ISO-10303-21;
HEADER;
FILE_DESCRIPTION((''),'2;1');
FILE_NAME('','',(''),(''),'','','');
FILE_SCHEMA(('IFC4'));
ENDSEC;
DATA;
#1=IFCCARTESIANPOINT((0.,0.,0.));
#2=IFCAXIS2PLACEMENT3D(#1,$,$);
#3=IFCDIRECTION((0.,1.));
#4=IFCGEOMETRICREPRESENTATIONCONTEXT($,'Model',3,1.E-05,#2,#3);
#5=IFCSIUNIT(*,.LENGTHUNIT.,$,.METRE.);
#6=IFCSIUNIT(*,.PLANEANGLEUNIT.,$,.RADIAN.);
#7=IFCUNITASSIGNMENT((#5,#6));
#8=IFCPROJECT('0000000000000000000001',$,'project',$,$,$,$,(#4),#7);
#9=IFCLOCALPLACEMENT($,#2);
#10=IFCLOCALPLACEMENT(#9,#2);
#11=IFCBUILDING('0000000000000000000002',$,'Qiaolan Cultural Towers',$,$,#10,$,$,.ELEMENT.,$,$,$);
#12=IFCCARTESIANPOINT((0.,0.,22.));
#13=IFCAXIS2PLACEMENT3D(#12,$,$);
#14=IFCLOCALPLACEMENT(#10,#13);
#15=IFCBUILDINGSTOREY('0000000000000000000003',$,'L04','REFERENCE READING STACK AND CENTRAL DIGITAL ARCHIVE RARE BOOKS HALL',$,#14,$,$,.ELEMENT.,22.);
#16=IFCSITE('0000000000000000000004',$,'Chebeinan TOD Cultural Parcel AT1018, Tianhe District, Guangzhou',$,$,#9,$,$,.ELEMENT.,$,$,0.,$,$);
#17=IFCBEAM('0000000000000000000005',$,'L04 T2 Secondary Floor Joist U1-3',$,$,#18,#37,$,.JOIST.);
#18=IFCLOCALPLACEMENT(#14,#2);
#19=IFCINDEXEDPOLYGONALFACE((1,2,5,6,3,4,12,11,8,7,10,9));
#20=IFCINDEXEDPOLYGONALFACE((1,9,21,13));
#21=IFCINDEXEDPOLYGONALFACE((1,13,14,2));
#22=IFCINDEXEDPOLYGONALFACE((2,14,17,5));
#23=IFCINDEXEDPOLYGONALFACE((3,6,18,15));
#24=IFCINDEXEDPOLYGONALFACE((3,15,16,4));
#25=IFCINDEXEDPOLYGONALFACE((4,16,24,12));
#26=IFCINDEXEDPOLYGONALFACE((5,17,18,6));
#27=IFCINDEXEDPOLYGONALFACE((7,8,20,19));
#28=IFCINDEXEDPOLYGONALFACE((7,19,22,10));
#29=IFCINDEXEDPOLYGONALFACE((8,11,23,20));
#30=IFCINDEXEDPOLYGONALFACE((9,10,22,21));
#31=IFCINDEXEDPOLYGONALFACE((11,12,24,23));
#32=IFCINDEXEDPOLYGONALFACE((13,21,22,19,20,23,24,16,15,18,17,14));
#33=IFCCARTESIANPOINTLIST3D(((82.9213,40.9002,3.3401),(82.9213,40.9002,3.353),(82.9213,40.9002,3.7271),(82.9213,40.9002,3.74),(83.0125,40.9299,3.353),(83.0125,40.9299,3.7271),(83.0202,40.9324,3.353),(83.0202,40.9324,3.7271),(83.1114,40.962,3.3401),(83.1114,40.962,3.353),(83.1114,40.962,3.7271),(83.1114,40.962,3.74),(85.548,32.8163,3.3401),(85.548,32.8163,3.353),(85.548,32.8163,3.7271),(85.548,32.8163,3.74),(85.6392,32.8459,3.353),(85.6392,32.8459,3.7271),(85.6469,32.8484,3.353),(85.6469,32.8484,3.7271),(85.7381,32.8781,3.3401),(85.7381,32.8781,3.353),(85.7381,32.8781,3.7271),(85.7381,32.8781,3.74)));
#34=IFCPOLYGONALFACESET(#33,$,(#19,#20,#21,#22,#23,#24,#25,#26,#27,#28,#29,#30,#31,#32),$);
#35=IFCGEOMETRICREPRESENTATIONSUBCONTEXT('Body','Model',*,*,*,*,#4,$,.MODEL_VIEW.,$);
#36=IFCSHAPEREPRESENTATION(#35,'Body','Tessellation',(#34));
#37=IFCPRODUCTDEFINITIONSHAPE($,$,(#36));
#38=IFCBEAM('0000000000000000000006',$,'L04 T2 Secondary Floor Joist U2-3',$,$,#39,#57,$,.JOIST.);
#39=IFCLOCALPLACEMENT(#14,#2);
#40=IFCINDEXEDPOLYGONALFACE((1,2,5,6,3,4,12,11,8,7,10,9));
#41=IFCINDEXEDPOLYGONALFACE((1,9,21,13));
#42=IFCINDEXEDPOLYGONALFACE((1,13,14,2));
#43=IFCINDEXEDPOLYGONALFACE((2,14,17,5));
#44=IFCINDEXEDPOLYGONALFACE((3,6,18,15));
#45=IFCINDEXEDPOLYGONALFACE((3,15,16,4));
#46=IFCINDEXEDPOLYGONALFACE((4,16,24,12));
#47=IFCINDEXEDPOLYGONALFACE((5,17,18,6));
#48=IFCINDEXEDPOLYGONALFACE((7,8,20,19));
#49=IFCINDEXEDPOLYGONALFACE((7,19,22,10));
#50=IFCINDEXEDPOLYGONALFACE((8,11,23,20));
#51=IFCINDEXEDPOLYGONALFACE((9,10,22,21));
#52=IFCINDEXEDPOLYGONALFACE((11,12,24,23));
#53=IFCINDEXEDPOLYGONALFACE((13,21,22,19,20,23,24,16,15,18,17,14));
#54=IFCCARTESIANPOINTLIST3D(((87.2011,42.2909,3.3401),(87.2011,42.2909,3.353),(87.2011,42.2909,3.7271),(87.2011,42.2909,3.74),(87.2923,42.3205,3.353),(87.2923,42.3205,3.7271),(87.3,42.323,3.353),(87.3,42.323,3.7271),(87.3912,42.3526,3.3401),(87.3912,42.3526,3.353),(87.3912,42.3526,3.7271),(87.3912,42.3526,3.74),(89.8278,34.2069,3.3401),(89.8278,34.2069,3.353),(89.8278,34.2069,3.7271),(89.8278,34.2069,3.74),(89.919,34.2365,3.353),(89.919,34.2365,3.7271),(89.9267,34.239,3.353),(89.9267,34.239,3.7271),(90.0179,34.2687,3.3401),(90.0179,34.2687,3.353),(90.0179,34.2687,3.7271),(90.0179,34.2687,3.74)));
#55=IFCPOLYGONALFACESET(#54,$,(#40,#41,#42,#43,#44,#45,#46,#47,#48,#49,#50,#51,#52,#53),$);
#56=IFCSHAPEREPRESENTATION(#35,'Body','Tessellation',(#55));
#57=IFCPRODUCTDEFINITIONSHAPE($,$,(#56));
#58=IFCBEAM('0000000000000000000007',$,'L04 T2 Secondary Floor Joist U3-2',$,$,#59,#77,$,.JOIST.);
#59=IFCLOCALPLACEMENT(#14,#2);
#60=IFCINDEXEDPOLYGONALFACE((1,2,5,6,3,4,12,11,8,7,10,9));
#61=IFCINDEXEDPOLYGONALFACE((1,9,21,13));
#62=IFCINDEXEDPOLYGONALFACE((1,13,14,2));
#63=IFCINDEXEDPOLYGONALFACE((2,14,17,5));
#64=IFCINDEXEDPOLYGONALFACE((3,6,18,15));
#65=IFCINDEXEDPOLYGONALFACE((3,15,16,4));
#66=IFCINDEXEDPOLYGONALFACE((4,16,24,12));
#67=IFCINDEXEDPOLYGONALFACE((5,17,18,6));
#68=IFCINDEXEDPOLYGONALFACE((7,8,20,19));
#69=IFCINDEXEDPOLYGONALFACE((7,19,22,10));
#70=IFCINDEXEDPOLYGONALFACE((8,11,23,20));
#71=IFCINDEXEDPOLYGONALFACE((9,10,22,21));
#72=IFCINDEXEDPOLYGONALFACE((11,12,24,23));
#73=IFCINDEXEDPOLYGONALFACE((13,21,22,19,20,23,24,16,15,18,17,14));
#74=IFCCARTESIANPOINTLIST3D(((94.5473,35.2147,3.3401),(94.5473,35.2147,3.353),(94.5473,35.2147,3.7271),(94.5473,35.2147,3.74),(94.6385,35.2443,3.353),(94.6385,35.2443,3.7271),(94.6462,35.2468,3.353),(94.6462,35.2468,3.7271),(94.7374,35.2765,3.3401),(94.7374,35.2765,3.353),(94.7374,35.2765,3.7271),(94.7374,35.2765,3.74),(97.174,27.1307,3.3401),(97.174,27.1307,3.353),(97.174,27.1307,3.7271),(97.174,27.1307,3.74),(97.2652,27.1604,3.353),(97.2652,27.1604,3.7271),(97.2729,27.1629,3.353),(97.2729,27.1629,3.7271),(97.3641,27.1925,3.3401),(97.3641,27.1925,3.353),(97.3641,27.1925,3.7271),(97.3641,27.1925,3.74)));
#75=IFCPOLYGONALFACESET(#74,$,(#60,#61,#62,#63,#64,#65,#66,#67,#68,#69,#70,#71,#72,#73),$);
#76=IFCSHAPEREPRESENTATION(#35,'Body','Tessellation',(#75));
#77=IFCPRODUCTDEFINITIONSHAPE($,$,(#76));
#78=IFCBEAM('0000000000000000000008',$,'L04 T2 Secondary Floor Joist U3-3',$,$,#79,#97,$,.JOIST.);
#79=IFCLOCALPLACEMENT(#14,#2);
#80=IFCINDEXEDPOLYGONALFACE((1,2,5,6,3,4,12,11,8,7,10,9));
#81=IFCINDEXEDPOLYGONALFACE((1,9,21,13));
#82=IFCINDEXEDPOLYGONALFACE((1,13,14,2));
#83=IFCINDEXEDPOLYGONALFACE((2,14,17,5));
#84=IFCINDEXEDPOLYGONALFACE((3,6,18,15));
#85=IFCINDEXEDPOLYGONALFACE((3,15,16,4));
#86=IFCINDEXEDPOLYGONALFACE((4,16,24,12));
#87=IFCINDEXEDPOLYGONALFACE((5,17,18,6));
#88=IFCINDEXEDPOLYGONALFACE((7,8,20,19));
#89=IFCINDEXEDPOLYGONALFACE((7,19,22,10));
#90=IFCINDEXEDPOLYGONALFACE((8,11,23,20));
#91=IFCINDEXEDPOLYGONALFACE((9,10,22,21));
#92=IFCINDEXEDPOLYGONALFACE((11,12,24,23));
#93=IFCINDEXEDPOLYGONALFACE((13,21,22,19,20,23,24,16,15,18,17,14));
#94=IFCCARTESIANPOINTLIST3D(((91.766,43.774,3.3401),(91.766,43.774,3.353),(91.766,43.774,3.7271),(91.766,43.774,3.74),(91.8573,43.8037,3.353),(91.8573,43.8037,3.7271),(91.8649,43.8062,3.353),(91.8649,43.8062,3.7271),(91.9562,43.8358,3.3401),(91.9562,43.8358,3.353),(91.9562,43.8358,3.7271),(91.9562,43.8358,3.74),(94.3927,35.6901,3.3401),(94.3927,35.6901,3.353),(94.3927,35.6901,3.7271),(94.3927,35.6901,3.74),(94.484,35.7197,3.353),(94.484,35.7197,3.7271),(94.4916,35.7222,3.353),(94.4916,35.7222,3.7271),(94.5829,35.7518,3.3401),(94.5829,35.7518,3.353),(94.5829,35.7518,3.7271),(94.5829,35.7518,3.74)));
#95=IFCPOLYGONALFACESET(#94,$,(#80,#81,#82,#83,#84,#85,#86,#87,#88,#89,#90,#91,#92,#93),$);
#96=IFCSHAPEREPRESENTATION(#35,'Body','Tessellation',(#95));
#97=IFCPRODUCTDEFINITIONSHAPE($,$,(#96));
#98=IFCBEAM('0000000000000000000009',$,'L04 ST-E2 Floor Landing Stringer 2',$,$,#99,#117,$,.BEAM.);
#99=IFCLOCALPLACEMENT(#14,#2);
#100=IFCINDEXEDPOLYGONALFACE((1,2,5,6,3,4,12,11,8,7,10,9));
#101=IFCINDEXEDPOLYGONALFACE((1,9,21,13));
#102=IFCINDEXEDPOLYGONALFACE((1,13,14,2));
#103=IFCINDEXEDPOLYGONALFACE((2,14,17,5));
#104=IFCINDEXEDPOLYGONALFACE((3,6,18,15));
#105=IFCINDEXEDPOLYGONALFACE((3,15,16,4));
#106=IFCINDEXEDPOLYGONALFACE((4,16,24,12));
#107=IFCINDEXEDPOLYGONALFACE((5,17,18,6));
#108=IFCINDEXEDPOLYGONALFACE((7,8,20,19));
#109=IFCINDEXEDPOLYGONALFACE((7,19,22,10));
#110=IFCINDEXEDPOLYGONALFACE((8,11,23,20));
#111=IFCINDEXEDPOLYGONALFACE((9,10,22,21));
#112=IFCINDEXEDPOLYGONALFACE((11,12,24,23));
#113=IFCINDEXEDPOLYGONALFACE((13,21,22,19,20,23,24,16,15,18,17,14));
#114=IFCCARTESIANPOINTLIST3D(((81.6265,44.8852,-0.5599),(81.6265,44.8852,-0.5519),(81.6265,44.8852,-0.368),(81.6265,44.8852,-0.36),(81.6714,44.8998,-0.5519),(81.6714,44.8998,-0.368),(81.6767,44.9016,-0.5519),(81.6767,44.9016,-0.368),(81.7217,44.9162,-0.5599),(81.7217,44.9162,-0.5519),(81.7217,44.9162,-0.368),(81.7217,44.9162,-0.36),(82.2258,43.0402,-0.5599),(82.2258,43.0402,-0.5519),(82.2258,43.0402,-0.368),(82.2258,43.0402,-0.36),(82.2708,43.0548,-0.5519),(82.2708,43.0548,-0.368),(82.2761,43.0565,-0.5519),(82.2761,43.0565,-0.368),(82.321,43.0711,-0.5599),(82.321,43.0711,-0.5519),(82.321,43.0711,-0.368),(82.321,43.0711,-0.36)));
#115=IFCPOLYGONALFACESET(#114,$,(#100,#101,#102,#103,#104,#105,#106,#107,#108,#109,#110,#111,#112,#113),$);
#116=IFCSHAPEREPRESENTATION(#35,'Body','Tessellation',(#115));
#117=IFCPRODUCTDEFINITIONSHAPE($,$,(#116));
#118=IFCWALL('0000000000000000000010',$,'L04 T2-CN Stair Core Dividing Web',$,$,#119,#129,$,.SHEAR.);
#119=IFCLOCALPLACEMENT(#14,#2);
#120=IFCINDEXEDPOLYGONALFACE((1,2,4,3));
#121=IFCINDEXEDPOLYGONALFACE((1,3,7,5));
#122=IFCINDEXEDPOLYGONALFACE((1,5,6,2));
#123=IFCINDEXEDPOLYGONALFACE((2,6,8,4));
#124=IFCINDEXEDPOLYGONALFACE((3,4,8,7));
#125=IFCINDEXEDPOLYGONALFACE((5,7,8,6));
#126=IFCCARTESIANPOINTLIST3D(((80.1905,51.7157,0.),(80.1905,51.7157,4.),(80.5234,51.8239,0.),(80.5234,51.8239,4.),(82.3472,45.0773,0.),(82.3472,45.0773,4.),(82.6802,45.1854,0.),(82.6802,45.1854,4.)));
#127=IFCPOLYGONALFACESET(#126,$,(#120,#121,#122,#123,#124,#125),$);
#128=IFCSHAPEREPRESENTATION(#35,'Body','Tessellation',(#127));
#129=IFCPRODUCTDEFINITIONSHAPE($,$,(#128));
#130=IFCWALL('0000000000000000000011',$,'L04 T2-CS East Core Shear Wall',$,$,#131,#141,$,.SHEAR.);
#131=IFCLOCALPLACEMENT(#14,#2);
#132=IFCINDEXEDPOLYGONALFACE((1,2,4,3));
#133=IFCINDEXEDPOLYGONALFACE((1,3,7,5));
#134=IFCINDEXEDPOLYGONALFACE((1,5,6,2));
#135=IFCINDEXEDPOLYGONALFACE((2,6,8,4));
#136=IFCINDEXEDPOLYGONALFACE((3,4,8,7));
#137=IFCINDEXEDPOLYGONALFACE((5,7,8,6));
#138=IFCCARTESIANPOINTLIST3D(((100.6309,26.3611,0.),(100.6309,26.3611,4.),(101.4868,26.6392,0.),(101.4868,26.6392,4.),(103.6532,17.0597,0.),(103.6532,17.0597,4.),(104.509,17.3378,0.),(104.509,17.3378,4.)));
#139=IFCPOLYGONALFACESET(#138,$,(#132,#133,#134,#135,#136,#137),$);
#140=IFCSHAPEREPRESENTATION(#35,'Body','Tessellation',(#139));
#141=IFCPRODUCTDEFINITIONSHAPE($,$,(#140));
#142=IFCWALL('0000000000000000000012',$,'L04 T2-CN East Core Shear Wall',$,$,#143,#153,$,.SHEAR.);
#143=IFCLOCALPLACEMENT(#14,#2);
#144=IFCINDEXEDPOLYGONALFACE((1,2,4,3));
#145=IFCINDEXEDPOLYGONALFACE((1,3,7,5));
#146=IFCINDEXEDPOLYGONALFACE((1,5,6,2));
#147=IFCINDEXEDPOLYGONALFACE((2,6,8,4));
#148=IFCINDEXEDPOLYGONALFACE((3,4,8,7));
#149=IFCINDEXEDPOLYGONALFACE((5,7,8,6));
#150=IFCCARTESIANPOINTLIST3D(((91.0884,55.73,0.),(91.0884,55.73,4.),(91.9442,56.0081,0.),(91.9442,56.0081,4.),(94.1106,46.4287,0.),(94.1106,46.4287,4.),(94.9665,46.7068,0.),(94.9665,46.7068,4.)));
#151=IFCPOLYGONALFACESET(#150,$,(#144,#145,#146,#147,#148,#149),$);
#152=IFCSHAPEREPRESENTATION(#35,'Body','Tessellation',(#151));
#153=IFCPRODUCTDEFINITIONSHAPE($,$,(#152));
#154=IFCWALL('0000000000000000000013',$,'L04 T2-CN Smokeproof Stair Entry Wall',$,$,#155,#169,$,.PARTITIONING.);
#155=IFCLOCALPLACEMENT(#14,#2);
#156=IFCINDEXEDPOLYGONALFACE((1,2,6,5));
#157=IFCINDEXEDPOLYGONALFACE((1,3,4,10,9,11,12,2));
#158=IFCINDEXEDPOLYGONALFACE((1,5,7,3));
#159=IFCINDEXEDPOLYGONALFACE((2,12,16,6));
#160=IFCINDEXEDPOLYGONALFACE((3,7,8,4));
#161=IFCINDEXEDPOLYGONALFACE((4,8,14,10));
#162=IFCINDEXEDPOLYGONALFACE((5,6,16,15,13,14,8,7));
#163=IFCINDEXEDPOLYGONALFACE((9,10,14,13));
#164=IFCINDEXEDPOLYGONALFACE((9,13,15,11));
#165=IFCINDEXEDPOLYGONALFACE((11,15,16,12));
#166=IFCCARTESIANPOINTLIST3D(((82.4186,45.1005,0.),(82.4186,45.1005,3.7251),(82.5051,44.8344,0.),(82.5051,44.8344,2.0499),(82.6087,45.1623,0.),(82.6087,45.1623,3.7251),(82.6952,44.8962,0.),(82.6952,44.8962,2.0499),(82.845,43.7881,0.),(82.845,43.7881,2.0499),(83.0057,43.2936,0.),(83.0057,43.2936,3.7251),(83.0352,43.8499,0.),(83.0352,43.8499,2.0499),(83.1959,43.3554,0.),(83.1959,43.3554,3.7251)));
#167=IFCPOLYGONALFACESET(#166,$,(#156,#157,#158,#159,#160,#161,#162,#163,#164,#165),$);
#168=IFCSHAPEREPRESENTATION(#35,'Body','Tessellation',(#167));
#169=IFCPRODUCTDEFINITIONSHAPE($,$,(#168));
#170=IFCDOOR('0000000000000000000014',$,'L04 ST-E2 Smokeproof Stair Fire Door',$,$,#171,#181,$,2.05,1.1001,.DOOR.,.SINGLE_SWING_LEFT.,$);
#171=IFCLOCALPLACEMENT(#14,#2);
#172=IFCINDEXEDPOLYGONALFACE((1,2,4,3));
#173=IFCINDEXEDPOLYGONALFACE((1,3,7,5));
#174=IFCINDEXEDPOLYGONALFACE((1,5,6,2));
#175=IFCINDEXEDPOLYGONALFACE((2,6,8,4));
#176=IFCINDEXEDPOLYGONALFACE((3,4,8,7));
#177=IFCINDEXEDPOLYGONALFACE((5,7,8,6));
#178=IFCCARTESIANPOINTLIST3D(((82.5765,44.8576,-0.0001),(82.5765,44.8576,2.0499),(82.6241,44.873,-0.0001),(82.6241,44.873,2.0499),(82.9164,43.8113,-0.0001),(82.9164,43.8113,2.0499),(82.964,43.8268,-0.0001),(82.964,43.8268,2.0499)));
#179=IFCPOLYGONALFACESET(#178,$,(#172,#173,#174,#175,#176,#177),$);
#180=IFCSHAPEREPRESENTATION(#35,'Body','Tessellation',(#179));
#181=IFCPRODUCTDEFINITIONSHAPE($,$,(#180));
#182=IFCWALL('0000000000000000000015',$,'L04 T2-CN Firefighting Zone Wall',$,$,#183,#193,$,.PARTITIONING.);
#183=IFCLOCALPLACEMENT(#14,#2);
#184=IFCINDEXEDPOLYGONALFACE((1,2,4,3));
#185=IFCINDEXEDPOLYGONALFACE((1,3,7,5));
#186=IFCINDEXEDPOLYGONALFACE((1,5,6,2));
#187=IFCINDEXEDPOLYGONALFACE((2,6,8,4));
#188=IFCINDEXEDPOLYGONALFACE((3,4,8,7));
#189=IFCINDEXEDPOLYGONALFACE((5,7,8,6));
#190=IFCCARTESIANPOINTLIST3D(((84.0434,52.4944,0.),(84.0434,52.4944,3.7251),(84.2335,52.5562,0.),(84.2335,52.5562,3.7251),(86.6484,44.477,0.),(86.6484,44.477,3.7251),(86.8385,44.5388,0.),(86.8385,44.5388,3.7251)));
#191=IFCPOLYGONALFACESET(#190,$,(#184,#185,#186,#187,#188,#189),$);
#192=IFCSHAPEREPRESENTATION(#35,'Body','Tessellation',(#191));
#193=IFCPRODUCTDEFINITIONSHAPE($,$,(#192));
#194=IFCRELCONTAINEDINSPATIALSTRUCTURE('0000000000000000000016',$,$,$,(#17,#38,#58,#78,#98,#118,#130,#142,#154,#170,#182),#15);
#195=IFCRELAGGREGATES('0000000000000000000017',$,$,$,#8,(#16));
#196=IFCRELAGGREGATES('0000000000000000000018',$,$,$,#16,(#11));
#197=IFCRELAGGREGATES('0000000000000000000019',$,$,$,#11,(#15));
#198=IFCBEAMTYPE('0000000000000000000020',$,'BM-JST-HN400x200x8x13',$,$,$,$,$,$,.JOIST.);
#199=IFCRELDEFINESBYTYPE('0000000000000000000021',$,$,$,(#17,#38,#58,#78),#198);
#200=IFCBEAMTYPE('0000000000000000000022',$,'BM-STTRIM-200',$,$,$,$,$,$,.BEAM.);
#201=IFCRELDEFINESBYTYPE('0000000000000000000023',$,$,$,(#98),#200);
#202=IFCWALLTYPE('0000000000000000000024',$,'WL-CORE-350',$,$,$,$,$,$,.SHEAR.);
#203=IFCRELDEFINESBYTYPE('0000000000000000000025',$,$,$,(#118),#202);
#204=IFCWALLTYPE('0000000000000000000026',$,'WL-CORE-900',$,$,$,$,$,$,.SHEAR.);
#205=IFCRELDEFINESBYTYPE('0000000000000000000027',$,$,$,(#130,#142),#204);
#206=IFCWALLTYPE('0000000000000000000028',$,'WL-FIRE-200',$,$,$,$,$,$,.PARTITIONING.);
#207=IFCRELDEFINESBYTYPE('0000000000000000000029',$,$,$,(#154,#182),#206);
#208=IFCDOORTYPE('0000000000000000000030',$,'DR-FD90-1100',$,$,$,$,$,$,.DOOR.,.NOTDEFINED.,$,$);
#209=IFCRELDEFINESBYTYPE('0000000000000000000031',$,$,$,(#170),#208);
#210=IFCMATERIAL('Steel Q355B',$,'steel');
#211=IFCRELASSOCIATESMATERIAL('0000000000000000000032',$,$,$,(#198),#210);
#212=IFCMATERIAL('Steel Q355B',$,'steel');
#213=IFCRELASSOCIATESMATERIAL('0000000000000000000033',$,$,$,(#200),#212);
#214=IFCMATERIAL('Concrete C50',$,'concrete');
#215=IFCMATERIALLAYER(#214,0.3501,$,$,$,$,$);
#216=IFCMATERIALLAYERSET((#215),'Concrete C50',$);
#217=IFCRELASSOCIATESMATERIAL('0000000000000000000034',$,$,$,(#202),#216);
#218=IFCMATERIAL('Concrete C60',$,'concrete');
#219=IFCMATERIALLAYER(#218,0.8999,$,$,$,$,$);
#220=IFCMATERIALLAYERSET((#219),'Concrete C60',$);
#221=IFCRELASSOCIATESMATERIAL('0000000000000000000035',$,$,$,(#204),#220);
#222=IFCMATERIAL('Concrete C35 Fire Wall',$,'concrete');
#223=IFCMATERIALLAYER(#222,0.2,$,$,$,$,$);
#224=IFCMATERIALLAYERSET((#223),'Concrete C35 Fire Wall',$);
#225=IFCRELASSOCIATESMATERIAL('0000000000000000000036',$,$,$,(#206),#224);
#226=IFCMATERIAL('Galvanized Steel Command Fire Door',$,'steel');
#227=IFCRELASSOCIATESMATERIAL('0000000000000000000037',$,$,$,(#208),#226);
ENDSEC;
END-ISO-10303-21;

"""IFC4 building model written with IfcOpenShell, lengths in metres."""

from ifc_helpers import new_model, si_unit, direction, frame, frame_2d, origin, origin_2d, place, context, subcontext, project, spatial, rectangle, i_section, extrude, material, layer, layer_set, material_profile, profile_set, type_object, element, fill, save


model = new_model("IFC4")

# Units and contexts
model_context = context("Model", 3, precision=1e-05, world=origin(), true_north=direction((0.0, 1.0)))
body_context = subcontext(model_context, "Body", "Model", "MODEL_VIEW")
ifc_project = project(units=[si_unit("LENGTHUNIT", "METRE"), si_unit("PLANEANGLEUNIT", "RADIAN")], contexts=[model_context])

# Site, building, storey
site_placement = place(None, origin())
site = spatial("IfcSite", under=ifc_project, at=site_placement, Name="Chebeinan TOD Cultural Parcel AT1018, Tianhe District, Guangzhou", CompositionType="ELEMENT", RefElevation=0.0)
building_placement = place(site_placement, origin())
building = spatial("IfcBuilding", under=site, at=building_placement, Name="Qiaolan Cultural Towers", CompositionType="ELEMENT")
storey_placement = place(building_placement, frame((0.0, 0.0, 22.0)))
storey = spatial("IfcBuildingStorey", under=building, at=storey_placement, Name="L04", Description="REFERENCE READING STACK AND CENTRAL DIGITAL ARCHIVE RARE BOOKS HALL", CompositionType="ELEMENT", Elevation=22.0)

# Beams
ifc_material_1 = material(Name="Steel Q355B", Category="steel")
ifc_material_profile_1 = material_profile(ifc_material_1, i_section(OverallWidth=0.2, OverallDepth=0.3999, WebThickness=0.0081, FlangeThickness=0.0129, at=origin_2d()), Name="HN400x200x8x13")
ifc_profile_set_1 = profile_set([ifc_material_profile_1], Name="Steel Q355B")
beam_type_1 = type_object("IfcBeamType", Name="BM-JST-HN400x200x8x13", PredefinedType="JOIST", material=ifc_profile_set_1)
for number, where, z_axis, x_axis, name in (
    (1, (85.6431, 32.8472, 3.54), (-0.309024, 0.951054, 0.0), (-0.951054, -0.309024, 0.0), "L04 T2 Secondary Floor Joist U1-3"),
    (2, (89.9229, 34.2378, 3.54), (-0.309024, 0.951054, 0.0), (-0.951054, -0.309024, 0.0), "L04 T2 Secondary Floor Joist U2-3"),
    (3, (97.269, 27.1616, 3.54), (-0.309024, 0.951054, 0.0), (-0.951054, -0.309024, 0.0), "L04 T2 Secondary Floor Joist U3-2"),
    (4, (94.4878, 35.7209, 3.54), (-0.309024, 0.951054, 0.0), (-0.951054, -0.309024, 0.0), "L04 T2 Secondary Floor Joist U3-3"),
):
    element("IfcBeam", number, at=place(storey_placement, frame(where, z_axis=z_axis, x_axis=x_axis)), inside=storey, type_object=beam_type_1, Name=name, PredefinedType="JOIST", context=body_context, shape_type="SweptSolid", body=[
        extrude(i_section(OverallWidth=0.2, OverallDepth=0.3999, WebThickness=0.0081, FlangeThickness=0.0129, at=origin_2d()), origin(), (0.0, 0.0, 1.0), 8.5),
    ])
ifc_material_2 = material(Name="Steel Q355B", Category="steel")
ifc_material_profile_2 = material_profile(ifc_material_2, i_section(OverallWidth=0.1001, OverallDepth=0.2, WebThickness=0.0056, FlangeThickness=0.0081, at=origin_2d()), Name="HN200x100x5.5x8")
ifc_profile_set_2 = profile_set([ifc_material_profile_2], Name="Steel Q355B")
beam_type_2 = type_object("IfcBeamType", Name="BM-STTRIM-200", PredefinedType="BEAM", material=ifc_profile_set_2)
beam_1_placement = place(storey_placement, frame((82.2734, 43.0557, -0.46), z_axis=(-0.308969, 0.951072, 0.0), x_axis=(-0.951072, -0.308969, 0.0)))
element("IfcBeam", 5, at=beam_1_placement, inside=storey, type_object=beam_type_2, Name="L04 ST-E2 Floor Landing Stringer 2", PredefinedType="BEAM", context=body_context, shape_type="SweptSolid", body=[
    extrude(i_section(OverallWidth=0.1001, OverallDepth=0.2, WebThickness=0.0056, FlangeThickness=0.0081, at=origin_2d()), origin(), (0.0, 0.0, 1.0), 1.9399),
])

# Walls
ifc_material_3 = material(Name="Concrete C50", Category="concrete")
ifc_layer_1 = layer(ifc_material_3, 0.3501)
ifc_layer_set_1 = layer_set([ifc_layer_1], Name="Concrete C50")
wall_type_1 = type_object("IfcWallType", Name="WL-CORE-350", PredefinedType="SHEAR", material=ifc_layer_set_1)
wall_1_placement = place(storey_placement, frame((82.5137, 45.1313, 0.0), z_axis=(0.0, 0.0, 1.0), x_axis=(-0.308989, 0.951066, 0.0)))
element("IfcWall", 6, at=wall_1_placement, inside=storey, type_object=wall_type_1, Name="L04 T2-CN Stair Core Dividing Web", PredefinedType="SHEAR", context=body_context, shape_type="SweptSolid", body=[
    extrude(rectangle(XDim=6.98, YDim=0.3501, at=frame_2d((3.49, 0.0))), origin(), (0.0, 0.0, 1.0), 4.0),
])
ifc_material_4 = material(Name="Concrete C60", Category="concrete")
ifc_layer_2 = layer(ifc_material_4, 0.8999)
ifc_layer_set_2 = layer_set([ifc_layer_2], Name="Concrete C60")
wall_type_2 = type_object("IfcWallType", Name="WL-CORE-900", PredefinedType="SHEAR", material=ifc_layer_set_2)
for number, where, z_axis, x_axis, name in (
    (7, (101.0588, 26.5002, 0.0), (0.0, 0.0, 1.0), (0.309022, -0.951055, 0.0), "L04 T2-CS East Core Shear Wall"),
    (8, (94.5386, 46.5676, 0.0), (0.0, 0.0, 1.0), (-0.309022, 0.951055, 0.0), "L04 T2-CN East Core Shear Wall"),
):
    element("IfcWall", number, at=place(storey_placement, frame(where, z_axis=z_axis, x_axis=x_axis)), inside=storey, type_object=wall_type_2, Name=name, PredefinedType="SHEAR", context=body_context, shape_type="SweptSolid", body=[
        extrude(rectangle(XDim=9.78, YDim=0.8999, at=frame_2d((4.8901, 0.0))), origin(), (0.0, 0.0, 1.0), 4.0),
    ])

# Wall, opening, door
ifc_material_5 = material(Name="Concrete C35 Fire Wall", Category="concrete")
ifc_layer_3 = layer(ifc_material_5, 0.2)
ifc_layer_set_3 = layer_set([ifc_layer_3], Name="Concrete C35 Fire Wall")
wall_type_3 = type_object("IfcWallType", Name="WL-FIRE-200", PredefinedType="PARTITIONING", material=ifc_layer_set_3)
wall_2_placement = place(storey_placement, frame((83.1008, 43.3245, 0.0), z_axis=(0.0, 0.0, 1.0), x_axis=(-0.309048, 0.951046, 0.0)))
wall_2 = element("IfcWall", 9, at=wall_2_placement, inside=storey, type_object=wall_type_3, Name="L04 T2-CN Smokeproof Stair Entry Wall", PredefinedType="PARTITIONING", context=body_context, shape_type="SweptSolid", body=[
    extrude(rectangle(XDim=1.8999, YDim=0.2, at=frame_2d((0.95, 0.0))), origin(), (0.0, 0.0, 1.0), 3.7251),
])
opening_1_placement = place(wall_2_placement, frame((0.52, 0.0, 0.0)))
opening_1 = element("IfcOpeningElement", 10, at=opening_1_placement, cuts=wall_2, PredefinedType="OPENING", context=body_context, shape_type="SweptSolid", body=[
    extrude(rectangle(XDim=1.1001, YDim=2.05, at=frame_2d((0.55, 1.0249))), frame((0.0, 0.1099, 0.0), z_axis=(0.0, -1.0, 0.0), x_axis=(1.0, 0.0, 0.0)), (0.0, 0.0, 1.0), 0.22),
])
ifc_material_6 = material(Name="Galvanized Steel Command Fire Door", Category="steel")
door_type_1 = type_object("IfcDoorType", Name="DR-FD90-1100", OperationType="NOTDEFINED", PredefinedType="DOOR", material=ifc_material_6)
door_1_placement = place(opening_1_placement, origin())
door_1 = element("IfcDoor", 11, at=door_1_placement, inside=storey, type_object=door_type_1, Name="L04 ST-E2 Smokeproof Stair Fire Door", OperationType="SINGLE_SWING_LEFT", OverallHeight=2.05, OverallWidth=1.1001, PredefinedType="DOOR", context=body_context, shape_type="SweptSolid", body=[
    extrude(rectangle(XDim=1.1001, YDim=2.05, at=frame_2d((0.55, 1.0249))), frame((0.0, 0.0249, 0.0), z_axis=(0.0, -1.0, 0.0), x_axis=(1.0, 0.0, 0.0)), (0.0, 0.0, 1.0), 0.05),
])
fill(opening_1, door_1)

# Wall
wall_3_placement = place(storey_placement, frame((86.7434, 44.5081, 0.0), z_axis=(0.0, 0.0, 1.0), x_axis=(-0.309016, 0.951057, 0.0)))
element("IfcWall", 12, at=wall_3_placement, inside=storey, type_object=wall_type_3, Name="L04 T2-CN Firefighting Zone Wall", PredefinedType="PARTITIONING", context=body_context, shape_type="SweptSolid", body=[
    extrude(rectangle(XDim=8.4299, YDim=0.2, at=frame_2d((4.2148, 0.0))), origin(), (0.0, 0.0, 1.0), 3.7251),
])

save(model, "model.ifc")
